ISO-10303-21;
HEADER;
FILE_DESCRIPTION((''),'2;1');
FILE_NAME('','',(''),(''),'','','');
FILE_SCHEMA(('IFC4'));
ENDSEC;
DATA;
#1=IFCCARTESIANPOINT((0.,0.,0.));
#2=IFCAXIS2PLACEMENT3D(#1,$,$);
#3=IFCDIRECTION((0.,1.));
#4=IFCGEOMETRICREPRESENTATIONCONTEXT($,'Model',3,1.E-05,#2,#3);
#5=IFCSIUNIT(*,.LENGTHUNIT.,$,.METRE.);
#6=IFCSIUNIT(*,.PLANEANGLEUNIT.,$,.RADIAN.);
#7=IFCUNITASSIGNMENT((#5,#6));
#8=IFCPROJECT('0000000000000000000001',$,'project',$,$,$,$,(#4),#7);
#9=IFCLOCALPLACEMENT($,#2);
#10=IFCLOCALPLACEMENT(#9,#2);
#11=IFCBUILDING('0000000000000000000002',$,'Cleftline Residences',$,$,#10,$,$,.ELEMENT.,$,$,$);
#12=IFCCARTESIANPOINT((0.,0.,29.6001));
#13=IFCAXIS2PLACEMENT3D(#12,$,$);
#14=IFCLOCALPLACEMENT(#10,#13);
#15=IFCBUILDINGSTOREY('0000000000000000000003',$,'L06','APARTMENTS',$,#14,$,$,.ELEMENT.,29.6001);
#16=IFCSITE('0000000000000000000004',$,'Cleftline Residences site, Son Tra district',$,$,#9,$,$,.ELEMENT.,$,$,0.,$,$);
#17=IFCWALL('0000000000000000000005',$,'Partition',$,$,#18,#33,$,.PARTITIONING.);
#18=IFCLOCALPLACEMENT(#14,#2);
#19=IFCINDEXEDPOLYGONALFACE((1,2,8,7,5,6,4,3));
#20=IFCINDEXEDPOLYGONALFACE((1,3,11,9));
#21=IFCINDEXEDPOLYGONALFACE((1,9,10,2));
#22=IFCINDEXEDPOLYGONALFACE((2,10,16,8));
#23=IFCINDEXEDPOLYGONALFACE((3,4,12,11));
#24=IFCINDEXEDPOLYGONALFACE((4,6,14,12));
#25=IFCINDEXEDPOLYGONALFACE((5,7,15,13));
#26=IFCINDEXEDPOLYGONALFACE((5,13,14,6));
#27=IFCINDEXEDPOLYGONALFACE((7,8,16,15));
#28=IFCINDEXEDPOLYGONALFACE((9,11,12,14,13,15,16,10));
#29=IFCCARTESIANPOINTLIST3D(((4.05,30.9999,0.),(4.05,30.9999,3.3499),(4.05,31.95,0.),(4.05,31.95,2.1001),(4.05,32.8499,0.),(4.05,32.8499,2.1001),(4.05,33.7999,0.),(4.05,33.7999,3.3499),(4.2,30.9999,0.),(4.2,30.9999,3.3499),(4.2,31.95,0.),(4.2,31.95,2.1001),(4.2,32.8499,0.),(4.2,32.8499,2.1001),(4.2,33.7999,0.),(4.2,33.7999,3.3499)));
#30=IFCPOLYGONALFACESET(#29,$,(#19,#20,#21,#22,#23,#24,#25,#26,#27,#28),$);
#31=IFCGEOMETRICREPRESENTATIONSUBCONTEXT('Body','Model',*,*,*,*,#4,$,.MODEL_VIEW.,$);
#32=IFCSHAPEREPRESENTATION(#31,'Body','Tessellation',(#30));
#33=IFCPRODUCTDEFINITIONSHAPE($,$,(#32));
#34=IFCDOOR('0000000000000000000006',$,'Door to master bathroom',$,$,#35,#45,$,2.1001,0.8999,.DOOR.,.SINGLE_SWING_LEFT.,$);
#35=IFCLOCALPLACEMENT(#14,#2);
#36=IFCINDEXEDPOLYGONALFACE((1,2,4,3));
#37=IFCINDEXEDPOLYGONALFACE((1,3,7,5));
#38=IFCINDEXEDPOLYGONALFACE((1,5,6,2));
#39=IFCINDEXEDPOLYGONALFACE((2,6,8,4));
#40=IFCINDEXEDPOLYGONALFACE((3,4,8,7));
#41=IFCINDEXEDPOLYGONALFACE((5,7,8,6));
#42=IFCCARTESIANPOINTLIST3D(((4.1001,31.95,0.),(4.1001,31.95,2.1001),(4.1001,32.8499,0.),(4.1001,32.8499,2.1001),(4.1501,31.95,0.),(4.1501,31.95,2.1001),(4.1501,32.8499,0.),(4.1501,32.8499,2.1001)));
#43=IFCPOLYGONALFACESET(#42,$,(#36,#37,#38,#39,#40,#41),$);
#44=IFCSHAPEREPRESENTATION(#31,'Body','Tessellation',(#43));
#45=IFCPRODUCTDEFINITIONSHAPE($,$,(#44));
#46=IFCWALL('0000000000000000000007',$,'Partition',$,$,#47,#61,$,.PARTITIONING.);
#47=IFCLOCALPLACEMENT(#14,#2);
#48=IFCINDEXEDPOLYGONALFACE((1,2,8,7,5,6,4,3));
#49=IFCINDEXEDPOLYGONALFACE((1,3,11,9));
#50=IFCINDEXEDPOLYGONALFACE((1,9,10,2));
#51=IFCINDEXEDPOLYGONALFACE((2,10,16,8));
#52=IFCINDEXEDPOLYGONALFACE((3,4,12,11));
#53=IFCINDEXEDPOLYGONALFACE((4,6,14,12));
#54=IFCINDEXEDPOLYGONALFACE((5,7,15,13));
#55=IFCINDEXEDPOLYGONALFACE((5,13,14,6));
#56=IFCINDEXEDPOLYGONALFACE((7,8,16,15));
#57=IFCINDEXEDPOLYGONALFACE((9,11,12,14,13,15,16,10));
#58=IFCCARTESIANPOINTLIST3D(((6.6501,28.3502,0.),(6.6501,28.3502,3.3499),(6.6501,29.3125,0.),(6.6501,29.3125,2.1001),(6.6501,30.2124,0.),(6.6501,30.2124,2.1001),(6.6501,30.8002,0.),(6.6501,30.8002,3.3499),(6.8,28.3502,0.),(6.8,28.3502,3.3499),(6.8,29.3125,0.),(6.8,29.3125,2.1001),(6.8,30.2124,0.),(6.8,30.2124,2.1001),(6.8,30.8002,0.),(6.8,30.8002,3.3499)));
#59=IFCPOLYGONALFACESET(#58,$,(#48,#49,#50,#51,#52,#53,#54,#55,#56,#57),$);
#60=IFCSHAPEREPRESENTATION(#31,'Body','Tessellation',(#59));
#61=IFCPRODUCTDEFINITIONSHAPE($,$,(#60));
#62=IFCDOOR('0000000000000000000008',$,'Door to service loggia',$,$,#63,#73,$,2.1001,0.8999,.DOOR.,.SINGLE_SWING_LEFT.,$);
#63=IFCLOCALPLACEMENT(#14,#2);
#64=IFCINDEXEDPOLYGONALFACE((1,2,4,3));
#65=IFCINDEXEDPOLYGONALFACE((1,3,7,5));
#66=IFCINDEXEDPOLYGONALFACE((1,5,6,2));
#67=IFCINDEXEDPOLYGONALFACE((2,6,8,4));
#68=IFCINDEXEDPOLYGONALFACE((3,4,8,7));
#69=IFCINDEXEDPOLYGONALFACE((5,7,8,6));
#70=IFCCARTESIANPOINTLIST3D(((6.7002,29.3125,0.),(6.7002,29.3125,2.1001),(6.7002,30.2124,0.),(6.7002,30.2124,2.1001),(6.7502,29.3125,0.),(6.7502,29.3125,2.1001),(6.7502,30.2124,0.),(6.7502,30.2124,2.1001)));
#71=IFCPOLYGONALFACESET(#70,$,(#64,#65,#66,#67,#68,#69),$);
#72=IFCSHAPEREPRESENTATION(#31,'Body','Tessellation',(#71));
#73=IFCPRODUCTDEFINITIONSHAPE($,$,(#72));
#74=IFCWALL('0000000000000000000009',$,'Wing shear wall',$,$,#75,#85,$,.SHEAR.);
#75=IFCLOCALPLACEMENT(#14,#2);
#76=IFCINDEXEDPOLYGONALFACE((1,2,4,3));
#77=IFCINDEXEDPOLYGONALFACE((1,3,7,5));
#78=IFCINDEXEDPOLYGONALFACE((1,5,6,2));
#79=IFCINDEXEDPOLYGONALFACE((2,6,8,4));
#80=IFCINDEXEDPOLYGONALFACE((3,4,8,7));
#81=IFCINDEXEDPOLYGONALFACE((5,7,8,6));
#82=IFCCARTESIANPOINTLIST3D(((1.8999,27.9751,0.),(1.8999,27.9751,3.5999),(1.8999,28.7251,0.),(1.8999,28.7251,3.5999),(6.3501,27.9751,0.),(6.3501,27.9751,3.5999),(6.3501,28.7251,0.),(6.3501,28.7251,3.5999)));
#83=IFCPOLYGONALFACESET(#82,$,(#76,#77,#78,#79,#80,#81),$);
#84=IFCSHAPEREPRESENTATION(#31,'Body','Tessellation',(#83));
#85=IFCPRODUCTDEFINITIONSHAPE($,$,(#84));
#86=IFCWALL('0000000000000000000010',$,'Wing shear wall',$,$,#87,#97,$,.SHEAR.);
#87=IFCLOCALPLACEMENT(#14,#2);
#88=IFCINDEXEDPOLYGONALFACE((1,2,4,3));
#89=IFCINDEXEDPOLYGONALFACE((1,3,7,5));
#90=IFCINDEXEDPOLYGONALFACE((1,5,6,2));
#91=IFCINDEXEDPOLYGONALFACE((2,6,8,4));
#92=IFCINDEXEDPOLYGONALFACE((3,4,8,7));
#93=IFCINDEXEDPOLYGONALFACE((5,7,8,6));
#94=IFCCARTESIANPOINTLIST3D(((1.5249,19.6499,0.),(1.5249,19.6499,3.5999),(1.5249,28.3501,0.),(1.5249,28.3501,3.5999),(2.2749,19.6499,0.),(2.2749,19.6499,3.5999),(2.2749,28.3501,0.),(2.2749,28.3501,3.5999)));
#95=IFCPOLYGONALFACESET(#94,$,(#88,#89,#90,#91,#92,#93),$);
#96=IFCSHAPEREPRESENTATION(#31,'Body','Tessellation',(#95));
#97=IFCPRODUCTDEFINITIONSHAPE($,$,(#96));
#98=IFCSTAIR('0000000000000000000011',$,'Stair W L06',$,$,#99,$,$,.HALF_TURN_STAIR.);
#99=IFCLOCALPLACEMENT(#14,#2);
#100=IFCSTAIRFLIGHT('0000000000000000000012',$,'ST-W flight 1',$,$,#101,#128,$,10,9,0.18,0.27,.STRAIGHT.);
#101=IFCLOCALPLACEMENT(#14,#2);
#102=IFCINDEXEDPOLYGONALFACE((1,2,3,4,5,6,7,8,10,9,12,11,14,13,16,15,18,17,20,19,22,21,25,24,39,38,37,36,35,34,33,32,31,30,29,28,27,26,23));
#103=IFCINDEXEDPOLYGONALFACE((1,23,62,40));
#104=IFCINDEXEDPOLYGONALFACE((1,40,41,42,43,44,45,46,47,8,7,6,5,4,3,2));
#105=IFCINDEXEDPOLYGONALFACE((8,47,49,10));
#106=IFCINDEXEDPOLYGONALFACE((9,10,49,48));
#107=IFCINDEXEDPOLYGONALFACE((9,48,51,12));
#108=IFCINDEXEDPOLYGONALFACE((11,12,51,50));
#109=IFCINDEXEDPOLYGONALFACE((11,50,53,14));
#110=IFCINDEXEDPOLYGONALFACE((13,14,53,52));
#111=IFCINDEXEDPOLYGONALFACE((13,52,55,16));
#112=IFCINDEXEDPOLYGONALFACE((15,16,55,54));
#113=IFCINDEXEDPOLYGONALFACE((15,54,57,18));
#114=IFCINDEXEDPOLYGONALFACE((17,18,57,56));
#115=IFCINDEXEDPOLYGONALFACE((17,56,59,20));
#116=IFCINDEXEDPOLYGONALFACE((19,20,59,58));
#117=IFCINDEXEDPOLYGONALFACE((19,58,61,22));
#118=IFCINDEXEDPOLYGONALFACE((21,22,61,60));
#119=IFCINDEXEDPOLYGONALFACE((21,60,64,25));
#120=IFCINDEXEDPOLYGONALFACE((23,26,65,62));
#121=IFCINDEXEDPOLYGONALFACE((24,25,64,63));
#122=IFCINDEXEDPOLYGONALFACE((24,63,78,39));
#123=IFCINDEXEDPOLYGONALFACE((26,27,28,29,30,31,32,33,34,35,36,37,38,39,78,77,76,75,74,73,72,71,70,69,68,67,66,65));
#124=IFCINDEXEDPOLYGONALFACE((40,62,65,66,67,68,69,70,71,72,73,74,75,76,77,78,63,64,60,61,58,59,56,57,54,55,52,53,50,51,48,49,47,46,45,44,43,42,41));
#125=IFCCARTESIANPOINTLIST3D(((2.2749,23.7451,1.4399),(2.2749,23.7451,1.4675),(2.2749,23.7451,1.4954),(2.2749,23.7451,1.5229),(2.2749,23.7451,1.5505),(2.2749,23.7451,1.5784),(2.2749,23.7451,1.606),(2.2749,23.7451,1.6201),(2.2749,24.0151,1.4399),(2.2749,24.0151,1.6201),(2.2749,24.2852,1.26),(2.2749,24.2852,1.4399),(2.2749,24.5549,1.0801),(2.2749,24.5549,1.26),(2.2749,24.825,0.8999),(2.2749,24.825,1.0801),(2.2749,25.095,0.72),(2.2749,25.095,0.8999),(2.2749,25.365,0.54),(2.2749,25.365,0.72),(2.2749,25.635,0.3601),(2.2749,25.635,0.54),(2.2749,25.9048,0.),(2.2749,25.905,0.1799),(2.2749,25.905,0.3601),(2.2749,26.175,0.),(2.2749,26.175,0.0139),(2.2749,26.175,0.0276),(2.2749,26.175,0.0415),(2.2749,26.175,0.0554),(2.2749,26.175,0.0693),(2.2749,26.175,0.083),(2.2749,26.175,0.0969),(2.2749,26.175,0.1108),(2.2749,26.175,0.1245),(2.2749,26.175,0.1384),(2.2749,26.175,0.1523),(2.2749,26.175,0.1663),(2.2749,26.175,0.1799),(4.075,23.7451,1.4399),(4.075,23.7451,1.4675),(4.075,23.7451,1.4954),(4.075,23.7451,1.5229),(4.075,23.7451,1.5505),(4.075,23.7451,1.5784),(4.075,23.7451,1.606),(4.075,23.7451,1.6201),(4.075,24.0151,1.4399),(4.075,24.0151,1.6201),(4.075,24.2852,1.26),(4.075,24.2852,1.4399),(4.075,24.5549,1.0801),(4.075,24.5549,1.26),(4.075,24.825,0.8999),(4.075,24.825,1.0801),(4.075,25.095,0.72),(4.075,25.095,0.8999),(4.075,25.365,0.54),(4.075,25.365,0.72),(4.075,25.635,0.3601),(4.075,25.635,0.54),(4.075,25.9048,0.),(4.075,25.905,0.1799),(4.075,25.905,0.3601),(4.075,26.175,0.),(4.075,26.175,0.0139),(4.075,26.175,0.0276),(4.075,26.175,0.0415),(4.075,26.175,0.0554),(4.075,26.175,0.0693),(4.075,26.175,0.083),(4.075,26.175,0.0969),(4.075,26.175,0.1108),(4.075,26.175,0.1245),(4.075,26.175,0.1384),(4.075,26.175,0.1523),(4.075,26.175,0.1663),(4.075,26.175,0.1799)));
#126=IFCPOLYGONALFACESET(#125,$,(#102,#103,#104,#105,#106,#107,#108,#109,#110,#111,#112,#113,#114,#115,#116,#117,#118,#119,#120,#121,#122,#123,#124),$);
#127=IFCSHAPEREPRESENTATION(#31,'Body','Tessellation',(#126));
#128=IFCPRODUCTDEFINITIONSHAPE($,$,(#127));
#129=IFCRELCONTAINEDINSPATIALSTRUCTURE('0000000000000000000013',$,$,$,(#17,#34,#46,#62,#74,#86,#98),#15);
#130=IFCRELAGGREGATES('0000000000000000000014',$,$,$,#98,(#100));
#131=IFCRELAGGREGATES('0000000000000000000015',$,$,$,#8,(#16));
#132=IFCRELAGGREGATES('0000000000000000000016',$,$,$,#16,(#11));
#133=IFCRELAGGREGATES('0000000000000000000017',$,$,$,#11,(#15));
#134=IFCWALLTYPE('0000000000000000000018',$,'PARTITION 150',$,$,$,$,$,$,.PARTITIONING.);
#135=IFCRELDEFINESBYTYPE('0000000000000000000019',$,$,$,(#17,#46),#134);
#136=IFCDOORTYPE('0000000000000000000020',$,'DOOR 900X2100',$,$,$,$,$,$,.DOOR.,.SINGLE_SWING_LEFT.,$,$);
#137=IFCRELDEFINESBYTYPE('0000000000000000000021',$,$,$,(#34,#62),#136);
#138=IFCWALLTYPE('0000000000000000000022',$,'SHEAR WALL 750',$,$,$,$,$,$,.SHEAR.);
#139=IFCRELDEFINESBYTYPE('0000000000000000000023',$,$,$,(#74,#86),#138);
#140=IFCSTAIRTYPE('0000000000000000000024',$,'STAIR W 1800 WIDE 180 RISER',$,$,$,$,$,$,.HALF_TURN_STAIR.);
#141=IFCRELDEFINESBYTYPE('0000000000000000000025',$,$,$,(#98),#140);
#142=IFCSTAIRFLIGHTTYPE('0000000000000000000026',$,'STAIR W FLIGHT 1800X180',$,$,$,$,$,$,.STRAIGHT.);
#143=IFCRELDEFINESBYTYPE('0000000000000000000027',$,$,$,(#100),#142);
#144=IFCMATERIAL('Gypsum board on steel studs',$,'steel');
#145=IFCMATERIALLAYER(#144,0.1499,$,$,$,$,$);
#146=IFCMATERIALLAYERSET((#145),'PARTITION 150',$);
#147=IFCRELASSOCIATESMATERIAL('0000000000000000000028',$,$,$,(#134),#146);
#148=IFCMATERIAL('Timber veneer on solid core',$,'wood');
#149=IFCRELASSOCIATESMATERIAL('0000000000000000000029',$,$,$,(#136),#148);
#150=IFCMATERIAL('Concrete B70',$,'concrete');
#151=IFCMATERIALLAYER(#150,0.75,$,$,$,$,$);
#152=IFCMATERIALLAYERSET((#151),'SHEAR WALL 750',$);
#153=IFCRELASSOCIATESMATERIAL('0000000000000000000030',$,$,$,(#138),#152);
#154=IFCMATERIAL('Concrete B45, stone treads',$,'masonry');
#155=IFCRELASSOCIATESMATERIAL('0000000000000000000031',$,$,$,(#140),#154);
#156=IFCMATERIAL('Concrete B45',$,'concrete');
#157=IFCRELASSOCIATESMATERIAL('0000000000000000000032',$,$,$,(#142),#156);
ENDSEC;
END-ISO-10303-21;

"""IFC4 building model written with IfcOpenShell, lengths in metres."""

from ifc_helpers import new_model, si_unit, direction, frame, frame_2d, origin, place, context, subcontext, project, spatial, polyline, rectangle, outline, extrude, material, layer, layer_set, type_object, element, fill, aggregate, save


model = new_model("IFC4")

# Units and contexts
model_context = context("Model", 3, precision=1e-05, world=origin(), true_north=direction((0.0, 1.0)))
body_context = subcontext(model_context, "Body", "Model", "MODEL_VIEW")
ifc_project = project(units=[si_unit("LENGTHUNIT", "METRE"), si_unit("PLANEANGLEUNIT", "RADIAN")], contexts=[model_context])

# Site, building, storey
site_placement = place(None, origin())
site = spatial("IfcSite", under=ifc_project, at=site_placement, Name="Cleftline Residences site, Son Tra district", CompositionType="ELEMENT", RefElevation=0.0)
building_placement = place(site_placement, origin())
building = spatial("IfcBuilding", under=site, at=building_placement, Name="Cleftline Residences", CompositionType="ELEMENT")
storey_placement = place(building_placement, frame((0.0, 0.0, 29.6001)))
storey = spatial("IfcBuildingStorey", under=building, at=storey_placement, Name="L06", Description="APARTMENTS", CompositionType="ELEMENT", Elevation=29.6001)

# Shared definitions
ifc_material_1 = material(Name="Gypsum board on steel studs", Category="steel")
ifc_layer_1 = layer(ifc_material_1, 0.1499)
ifc_layer_set_1 = layer_set([ifc_layer_1], Name="PARTITION 150")
wall_type_1 = type_object("IfcWallType", Name="PARTITION 150", PredefinedType="PARTITIONING", material=ifc_layer_set_1)

# Walls, openings, doors
wall_1_placement = place(storey_placement, frame((4.125, 31.0, 0.0), z_axis=(0.0, 0.0, 1.0), x_axis=(0.0, 1.0, 0.0)))
wall_1 = element("IfcWall", 1, at=wall_1_placement, inside=storey, type_object=wall_type_1, Name="Partition", PredefinedType="PARTITIONING", context=body_context, shape_type="SweptSolid", body=[
    extrude(rectangle(XDim=2.8, YDim=0.1499, at=frame_2d((1.3999, 0.0))), origin(), (0.0, 0.0, 1.0), 3.3499),
])
opening_1_placement = place(wall_1_placement, frame((0.95, 0.0, 0.0)))
opening_1 = element("IfcOpeningElement", 2, at=opening_1_placement, cuts=wall_1, PredefinedType="OPENING", context=body_context, shape_type="SweptSolid", body=[
    extrude(rectangle(XDim=0.8999, YDim=2.1001, at=frame_2d((0.45, 1.05))), frame((0.0, 0.085, 0.0), z_axis=(0.0, -1.0, 0.0), x_axis=(1.0, 0.0, 0.0)), (0.0, 0.0, 1.0), 0.1699),
])
ifc_material_2 = material(Name="Timber veneer on solid core", Category="wood")
door_type_1 = type_object("IfcDoorType", Name="DOOR 900X2100", OperationType="SINGLE_SWING_LEFT", PredefinedType="DOOR", material=ifc_material_2)
door_1_placement = place(opening_1_placement, origin())
door_1 = element("IfcDoor", 3, at=door_1_placement, inside=storey, type_object=door_type_1, Name="Door to master bathroom", OperationType="SINGLE_SWING_LEFT", OverallHeight=2.1001, OverallWidth=0.8999, PredefinedType="DOOR", context=body_context, shape_type="SweptSolid", body=[
    extrude(rectangle(XDim=0.8999, YDim=2.1001, at=frame_2d((0.45, 1.05))), frame((0.0, 0.0249, 0.0), z_axis=(0.0, -1.0, 0.0), x_axis=(1.0, 0.0, 0.0)), (0.0, 0.0, 1.0), 0.05),
])
fill(opening_1, door_1)
wall_2_placement = place(storey_placement, frame((6.7251, 28.3501, 0.0), z_axis=(0.0, 0.0, 1.0), x_axis=(0.0, 1.0, 0.0)))
wall_2 = element("IfcWall", 4, at=wall_2_placement, inside=storey, type_object=wall_type_1, Name="Partition", PredefinedType="PARTITIONING", context=body_context, shape_type="SweptSolid", body=[
    extrude(rectangle(XDim=2.45, YDim=0.1499, at=frame_2d((1.2251, 0.0))), origin(), (0.0, 0.0, 1.0), 3.3499),
])
opening_2_placement = place(wall_2_placement, frame((0.9624, 0.0, 0.0)))
opening_2 = element("IfcOpeningElement", 5, at=opening_2_placement, cuts=wall_2, PredefinedType="OPENING", context=body_context, shape_type="SweptSolid", body=[
    extrude(rectangle(XDim=0.8999, YDim=2.1001, at=frame_2d((0.45, 1.05))), frame((0.0, 0.085, 0.0), z_axis=(0.0, -1.0, 0.0), x_axis=(1.0, 0.0, 0.0)), (0.0, 0.0, 1.0), 0.1699),
])
door_2_placement = place(opening_2_placement, origin())
door_2 = element("IfcDoor", 6, at=door_2_placement, inside=storey, type_object=door_type_1, Name="Door to service loggia", OperationType="SINGLE_SWING_LEFT", OverallHeight=2.1001, OverallWidth=0.8999, PredefinedType="DOOR", context=body_context, shape_type="SweptSolid", body=[
    extrude(rectangle(XDim=0.8999, YDim=2.1001, at=frame_2d((0.45, 1.05))), frame((0.0, 0.0249, 0.0), z_axis=(0.0, -1.0, 0.0), x_axis=(1.0, 0.0, 0.0)), (0.0, 0.0, 1.0), 0.05),
])
fill(opening_2, door_2)

# Walls
ifc_material_3 = material(Name="Concrete B70", Category="concrete")
ifc_layer_2 = layer(ifc_material_3, 0.75)
ifc_layer_set_2 = layer_set([ifc_layer_2], Name="SHEAR WALL 750")
wall_type_2 = type_object("IfcWallType", Name="SHEAR WALL 750", PredefinedType="SHEAR", material=ifc_layer_set_2)
wall_3_placement = place(storey_placement, frame((6.3501, 28.3501, 0.0), z_axis=(0.0, 0.0, 1.0), x_axis=(-1.0, 0.0, 0.0)))
element("IfcWall", 7, at=wall_3_placement, inside=storey, type_object=wall_type_2, Name="Wing shear wall", PredefinedType="SHEAR", context=body_context, shape_type="SweptSolid", body=[
    extrude(rectangle(XDim=4.4502, YDim=0.75, at=frame_2d((2.2251, 0.0))), origin(), (0.0, 0.0, 1.0), 3.5999),
])
wall_4_placement = place(storey_placement, frame((1.8999, 28.3501, 0.0), z_axis=(0.0, 0.0, 1.0), x_axis=(0.0, -1.0, 0.0)))
element("IfcWall", 8, at=wall_4_placement, inside=storey, type_object=wall_type_2, Name="Wing shear wall", PredefinedType="SHEAR", context=body_context, shape_type="SweptSolid", body=[
    extrude(rectangle(XDim=8.7002, YDim=0.75, at=frame_2d((4.3501, 0.0))), origin(), (0.0, 0.0, 1.0), 3.5999),
])

# Stair, stair flight
ifc_material_4 = material(Name="Concrete B45, stone treads", Category="masonry")
stair_type = type_object("IfcStairType", Name="STAIR W 1800 WIDE 180 RISER", PredefinedType="HALF_TURN_STAIR", material=ifc_material_4)
stair_placement = place(storey_placement, origin())
stair = element("IfcStair", 9, at=stair_placement, inside=storey, type_object=stair_type, Name="Stair W L06", PredefinedType="HALF_TURN_STAIR")
ifc_material_5 = material(Name="Concrete B45", Category="concrete")
stair_flight_type = type_object("IfcStairFlightType", Name="STAIR W FLIGHT 1800X180", PredefinedType="STRAIGHT", material=ifc_material_5)
stair_flight_1_placement = place(storey_placement, frame((3.175, 26.175, 0.0), z_axis=(0.0, 0.0, 1.0), x_axis=(0.0, -1.0, 0.0)))
stair_flight_1 = element("IfcStairFlight", 10, at=stair_flight_1_placement, type_object=stair_flight_type, Name="ST-W flight 1", NumberOfRisers=10, NumberOfTreads=9, PredefinedType="STRAIGHT", RiserHeight=0.18, TreadLength=0.27, context=body_context, shape_type="SweptSolid", body=[
    extrude(outline(polyline([(0.0, 0.0), (0.0, 0.0139), (0.0, 0.0276), (0.0, 0.0415), (0.0, 0.0554), (0.0, 0.0693), (0.0, 0.083), (0.0, 0.0969), (0.0, 0.1108), (0.0, 0.1245), (0.0, 0.1384), (0.0, 0.1523), (0.0, 0.1663), (0.0, 0.1799), (0.27, 0.1799), (0.27, 0.3601), (0.54, 0.3601), (0.54, 0.54), (0.8101, 0.54), (0.8101, 0.72), (1.0801, 0.72), (1.0801, 0.8999), (1.3501, 0.8999), (1.3501, 1.0801), (1.6201, 1.0801), (1.6201, 1.26), (1.8899, 1.26), (1.8899, 1.4399), (2.1599, 1.4399), (2.1599, 1.6201), (2.4299, 1.6201), (2.4299, 1.8), (2.4299, 1.7722), (2.4299, 1.7446), (2.4299, 1.7168), (2.4299, 1.6892), (2.4299, 1.6614), (2.4299, 1.6338), (2.4299, 1.606), (2.4299, 1.5784), (2.4299, 1.5505), (2.4299, 1.5229), (2.4299, 1.4954), (2.4299, 1.4675), (2.4299, 1.4399), (0.2703, 0.0), (0.0, 0.0)])), frame((0.0, 0.8999, 0.0), z_axis=(0.0, -1.0, 0.0), x_axis=(1.0, 0.0, 0.0)), (0.0, 0.0, 1.0), 1.8),
])
aggregate(stair, [stair_flight_1])

save(model, "model.ifc")
